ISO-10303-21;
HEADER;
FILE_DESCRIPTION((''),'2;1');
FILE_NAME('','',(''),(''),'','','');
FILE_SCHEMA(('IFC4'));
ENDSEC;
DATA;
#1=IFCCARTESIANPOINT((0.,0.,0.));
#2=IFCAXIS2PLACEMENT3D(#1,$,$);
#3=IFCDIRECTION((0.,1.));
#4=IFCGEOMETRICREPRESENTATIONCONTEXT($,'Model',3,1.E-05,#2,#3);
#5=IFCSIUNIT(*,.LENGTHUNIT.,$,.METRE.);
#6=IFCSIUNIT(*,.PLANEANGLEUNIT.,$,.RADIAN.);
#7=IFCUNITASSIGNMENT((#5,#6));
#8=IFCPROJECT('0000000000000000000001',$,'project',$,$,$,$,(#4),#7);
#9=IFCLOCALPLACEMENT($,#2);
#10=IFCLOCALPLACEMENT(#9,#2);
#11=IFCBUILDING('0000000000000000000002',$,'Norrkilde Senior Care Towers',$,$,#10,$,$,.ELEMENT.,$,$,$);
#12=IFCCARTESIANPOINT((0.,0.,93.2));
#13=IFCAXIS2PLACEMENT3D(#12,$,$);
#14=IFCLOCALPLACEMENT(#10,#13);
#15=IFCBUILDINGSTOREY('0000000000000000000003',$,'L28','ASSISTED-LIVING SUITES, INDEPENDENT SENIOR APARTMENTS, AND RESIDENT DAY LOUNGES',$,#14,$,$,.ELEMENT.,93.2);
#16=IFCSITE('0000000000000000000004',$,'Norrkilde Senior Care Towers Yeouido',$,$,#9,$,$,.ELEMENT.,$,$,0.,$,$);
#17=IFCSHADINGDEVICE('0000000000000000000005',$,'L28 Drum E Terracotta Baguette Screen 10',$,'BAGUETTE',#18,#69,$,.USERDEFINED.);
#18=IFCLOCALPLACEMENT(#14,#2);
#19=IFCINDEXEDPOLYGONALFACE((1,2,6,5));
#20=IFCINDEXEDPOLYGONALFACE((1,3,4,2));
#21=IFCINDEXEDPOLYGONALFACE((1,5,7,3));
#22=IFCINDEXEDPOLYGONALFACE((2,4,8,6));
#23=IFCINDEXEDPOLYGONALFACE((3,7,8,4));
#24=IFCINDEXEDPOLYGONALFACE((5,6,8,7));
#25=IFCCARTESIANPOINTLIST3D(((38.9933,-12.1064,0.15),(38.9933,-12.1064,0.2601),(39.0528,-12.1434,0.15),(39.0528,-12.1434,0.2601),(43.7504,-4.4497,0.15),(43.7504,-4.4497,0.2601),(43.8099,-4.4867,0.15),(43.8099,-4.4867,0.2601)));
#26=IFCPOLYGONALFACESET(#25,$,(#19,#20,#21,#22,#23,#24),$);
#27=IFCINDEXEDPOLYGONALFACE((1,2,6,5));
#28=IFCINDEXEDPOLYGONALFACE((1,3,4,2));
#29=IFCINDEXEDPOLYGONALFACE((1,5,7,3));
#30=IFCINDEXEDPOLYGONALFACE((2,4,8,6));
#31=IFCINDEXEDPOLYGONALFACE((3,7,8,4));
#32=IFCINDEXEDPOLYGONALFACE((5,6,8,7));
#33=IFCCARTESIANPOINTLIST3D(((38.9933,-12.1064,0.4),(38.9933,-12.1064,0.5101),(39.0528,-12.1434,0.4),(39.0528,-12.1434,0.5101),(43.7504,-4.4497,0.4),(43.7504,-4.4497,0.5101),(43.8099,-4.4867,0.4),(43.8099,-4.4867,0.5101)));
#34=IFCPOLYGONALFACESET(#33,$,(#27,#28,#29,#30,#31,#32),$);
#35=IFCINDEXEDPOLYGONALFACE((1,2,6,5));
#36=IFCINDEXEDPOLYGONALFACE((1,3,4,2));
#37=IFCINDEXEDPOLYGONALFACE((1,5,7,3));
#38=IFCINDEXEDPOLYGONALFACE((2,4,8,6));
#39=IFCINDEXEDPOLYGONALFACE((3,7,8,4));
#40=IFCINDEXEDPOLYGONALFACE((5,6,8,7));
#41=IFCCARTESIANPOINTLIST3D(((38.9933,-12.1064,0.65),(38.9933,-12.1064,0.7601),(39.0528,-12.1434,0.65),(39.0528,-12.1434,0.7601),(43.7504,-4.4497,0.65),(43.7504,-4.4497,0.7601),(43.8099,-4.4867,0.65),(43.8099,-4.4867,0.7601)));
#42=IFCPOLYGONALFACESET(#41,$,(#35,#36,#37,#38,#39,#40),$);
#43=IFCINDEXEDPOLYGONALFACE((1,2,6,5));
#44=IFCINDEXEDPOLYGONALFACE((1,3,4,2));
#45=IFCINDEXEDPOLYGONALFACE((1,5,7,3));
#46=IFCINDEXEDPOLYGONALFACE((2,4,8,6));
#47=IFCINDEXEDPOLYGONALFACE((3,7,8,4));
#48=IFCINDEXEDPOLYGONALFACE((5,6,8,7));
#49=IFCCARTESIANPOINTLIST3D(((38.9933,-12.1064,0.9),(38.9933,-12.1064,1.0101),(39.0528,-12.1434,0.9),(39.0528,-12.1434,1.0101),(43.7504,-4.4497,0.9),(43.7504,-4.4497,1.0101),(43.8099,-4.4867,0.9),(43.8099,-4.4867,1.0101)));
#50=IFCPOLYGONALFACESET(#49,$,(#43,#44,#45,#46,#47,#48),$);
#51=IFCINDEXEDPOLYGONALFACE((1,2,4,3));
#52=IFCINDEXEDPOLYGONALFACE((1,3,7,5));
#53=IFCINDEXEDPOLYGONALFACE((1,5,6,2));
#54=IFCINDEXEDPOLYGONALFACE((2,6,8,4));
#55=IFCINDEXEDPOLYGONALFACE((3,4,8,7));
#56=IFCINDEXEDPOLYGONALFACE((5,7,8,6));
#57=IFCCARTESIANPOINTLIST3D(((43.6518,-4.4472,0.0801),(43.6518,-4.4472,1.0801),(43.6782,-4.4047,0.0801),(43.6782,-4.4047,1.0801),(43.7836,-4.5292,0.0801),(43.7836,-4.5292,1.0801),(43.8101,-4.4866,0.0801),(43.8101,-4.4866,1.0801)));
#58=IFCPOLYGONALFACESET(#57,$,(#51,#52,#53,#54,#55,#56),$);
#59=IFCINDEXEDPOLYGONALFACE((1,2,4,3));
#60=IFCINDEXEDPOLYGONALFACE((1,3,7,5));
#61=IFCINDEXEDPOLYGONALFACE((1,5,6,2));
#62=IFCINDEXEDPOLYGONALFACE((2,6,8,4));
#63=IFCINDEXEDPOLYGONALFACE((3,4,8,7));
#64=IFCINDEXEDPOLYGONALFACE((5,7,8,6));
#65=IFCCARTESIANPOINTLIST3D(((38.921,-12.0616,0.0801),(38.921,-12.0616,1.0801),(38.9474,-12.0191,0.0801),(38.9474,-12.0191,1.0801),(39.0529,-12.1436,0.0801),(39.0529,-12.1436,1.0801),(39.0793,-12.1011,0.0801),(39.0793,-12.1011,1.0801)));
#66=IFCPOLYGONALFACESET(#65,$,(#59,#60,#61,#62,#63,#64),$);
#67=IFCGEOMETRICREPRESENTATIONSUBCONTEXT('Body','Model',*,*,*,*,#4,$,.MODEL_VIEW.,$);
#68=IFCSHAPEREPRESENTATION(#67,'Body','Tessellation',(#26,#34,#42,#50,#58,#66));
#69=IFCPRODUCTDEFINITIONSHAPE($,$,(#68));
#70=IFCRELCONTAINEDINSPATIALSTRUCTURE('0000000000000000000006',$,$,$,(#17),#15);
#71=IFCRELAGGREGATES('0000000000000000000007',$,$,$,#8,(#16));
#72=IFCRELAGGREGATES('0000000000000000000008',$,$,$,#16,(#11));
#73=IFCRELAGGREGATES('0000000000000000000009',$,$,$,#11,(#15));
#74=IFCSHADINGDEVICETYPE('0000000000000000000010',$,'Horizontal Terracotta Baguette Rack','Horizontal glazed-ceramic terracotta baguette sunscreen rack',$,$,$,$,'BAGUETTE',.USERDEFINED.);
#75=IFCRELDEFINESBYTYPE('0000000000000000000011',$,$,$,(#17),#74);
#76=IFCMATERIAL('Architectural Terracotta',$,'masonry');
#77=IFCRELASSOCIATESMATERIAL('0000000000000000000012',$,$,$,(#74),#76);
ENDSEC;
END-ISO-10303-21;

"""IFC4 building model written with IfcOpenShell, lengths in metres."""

from ifc_helpers import new_model, si_unit, direction, frame, origin, origin_2d, place, context, subcontext, project, spatial, rectangle, extrude, source, transform, mapped, material, type_object, type_shapes, element, save


model = new_model("IFC4")

# Units and contexts
model_context = context("Model", 3, precision=1e-05, world=origin(), true_north=direction((0.0, 1.0)))
body_context = subcontext(model_context, "Body", "Model", "MODEL_VIEW")
ifc_project = project(units=[si_unit("LENGTHUNIT", "METRE"), si_unit("PLANEANGLEUNIT", "RADIAN")], contexts=[model_context])

# Site, building, storey
site_placement = place(None, origin())
site = spatial("IfcSite", under=ifc_project, at=site_placement, Name="Norrkilde Senior Care Towers Yeouido", CompositionType="ELEMENT", RefElevation=0.0)
building_placement = place(site_placement, origin())
building = spatial("IfcBuilding", under=site, at=building_placement, Name="Norrkilde Senior Care Towers", CompositionType="ELEMENT")
storey_placement = place(building_placement, frame((0.0, 0.0, 93.2)))
storey = spatial("IfcBuildingStorey", under=building, at=storey_placement, Name="L28", Description="ASSISTED-LIVING SUITES, INDEPENDENT SENIOR APARTMENTS, AND RESIDENT DAY LOUNGES", CompositionType="ELEMENT", Elevation=93.2)

# Shading device
ifc_material_1 = material(Name="Architectural Terracotta", Category="masonry")
shading_device_type = type_object("IfcShadingDeviceType", Name="Horizontal Terracotta Baguette Rack", Description="Horizontal glazed-ceramic terracotta baguette sunscreen rack", ElementType="BAGUETTE", PredefinedType="USERDEFINED", material=ifc_material_1)
shared_shape_1 = source(origin(), body_context, "Body", "SweptSolid", [
    extrude(rectangle(XDim=0.0701, YDim=0.1101, at=origin_2d()), frame((0.0, 0.0901, 0.125), z_axis=(1.0, 0.0, 0.0), x_axis=(0.0, 1.0, 0.0)), (0.0, 0.0, 1.0), 9.0142),
    extrude(rectangle(XDim=0.0701, YDim=0.1101, at=origin_2d()), frame((0.0, 0.0901, 0.375), z_axis=(1.0, 0.0, 0.0), x_axis=(0.0, 1.0, 0.0)), (0.0, 0.0, 1.0), 9.0142),
    extrude(rectangle(XDim=0.0701, YDim=0.1101, at=origin_2d()), frame((0.0, 0.0901, 0.625), z_axis=(1.0, 0.0, 0.0), x_axis=(0.0, 1.0, 0.0)), (0.0, 0.0, 1.0), 9.0142),
    extrude(rectangle(XDim=0.0701, YDim=0.1101, at=origin_2d()), frame((0.0, 0.0901, 0.875), z_axis=(1.0, 0.0, 0.0), x_axis=(0.0, 1.0, 0.0)), (0.0, 0.0, 1.0), 9.0142),
    extrude(rectangle(XDim=0.05, YDim=0.1553, at=origin_2d()), frame((0.0249, 0.0476, 0.0)), (0.0, 0.0, 1.0), 1.0),
    extrude(rectangle(XDim=0.05, YDim=0.1553, at=origin_2d()), frame((8.9893, 0.0476, 0.0)), (0.0, 0.0, 1.0), 1.0),
])
type_shapes(shading_device_type, [shared_shape_1])
shading_device_placement = place(storey_placement, frame((43.7036, -4.4207, 0.0801), z_axis=(0.0, 0.0, 1.0), x_axis=(-0.527734, -0.849412, 0.0)))
element("IfcShadingDevice", 1, at=shading_device_placement, inside=storey, type_object=shading_device_type, Name="L28 Drum E Terracotta Baguette Screen 10", ObjectType="BAGUETTE", PredefinedType="USERDEFINED", context=body_context, shape_type="MappedRepresentation", body=[
    mapped(shared_shape_1, transform((0.0, 0.0, 0.0), x_axis=(1.0, 0.0, 0.0), y_axis=(0.0, 1.0, 0.0), z_axis=(0.0, 0.0, 1.0), scale=1.0)),
])

save(model, "model.ifc")
